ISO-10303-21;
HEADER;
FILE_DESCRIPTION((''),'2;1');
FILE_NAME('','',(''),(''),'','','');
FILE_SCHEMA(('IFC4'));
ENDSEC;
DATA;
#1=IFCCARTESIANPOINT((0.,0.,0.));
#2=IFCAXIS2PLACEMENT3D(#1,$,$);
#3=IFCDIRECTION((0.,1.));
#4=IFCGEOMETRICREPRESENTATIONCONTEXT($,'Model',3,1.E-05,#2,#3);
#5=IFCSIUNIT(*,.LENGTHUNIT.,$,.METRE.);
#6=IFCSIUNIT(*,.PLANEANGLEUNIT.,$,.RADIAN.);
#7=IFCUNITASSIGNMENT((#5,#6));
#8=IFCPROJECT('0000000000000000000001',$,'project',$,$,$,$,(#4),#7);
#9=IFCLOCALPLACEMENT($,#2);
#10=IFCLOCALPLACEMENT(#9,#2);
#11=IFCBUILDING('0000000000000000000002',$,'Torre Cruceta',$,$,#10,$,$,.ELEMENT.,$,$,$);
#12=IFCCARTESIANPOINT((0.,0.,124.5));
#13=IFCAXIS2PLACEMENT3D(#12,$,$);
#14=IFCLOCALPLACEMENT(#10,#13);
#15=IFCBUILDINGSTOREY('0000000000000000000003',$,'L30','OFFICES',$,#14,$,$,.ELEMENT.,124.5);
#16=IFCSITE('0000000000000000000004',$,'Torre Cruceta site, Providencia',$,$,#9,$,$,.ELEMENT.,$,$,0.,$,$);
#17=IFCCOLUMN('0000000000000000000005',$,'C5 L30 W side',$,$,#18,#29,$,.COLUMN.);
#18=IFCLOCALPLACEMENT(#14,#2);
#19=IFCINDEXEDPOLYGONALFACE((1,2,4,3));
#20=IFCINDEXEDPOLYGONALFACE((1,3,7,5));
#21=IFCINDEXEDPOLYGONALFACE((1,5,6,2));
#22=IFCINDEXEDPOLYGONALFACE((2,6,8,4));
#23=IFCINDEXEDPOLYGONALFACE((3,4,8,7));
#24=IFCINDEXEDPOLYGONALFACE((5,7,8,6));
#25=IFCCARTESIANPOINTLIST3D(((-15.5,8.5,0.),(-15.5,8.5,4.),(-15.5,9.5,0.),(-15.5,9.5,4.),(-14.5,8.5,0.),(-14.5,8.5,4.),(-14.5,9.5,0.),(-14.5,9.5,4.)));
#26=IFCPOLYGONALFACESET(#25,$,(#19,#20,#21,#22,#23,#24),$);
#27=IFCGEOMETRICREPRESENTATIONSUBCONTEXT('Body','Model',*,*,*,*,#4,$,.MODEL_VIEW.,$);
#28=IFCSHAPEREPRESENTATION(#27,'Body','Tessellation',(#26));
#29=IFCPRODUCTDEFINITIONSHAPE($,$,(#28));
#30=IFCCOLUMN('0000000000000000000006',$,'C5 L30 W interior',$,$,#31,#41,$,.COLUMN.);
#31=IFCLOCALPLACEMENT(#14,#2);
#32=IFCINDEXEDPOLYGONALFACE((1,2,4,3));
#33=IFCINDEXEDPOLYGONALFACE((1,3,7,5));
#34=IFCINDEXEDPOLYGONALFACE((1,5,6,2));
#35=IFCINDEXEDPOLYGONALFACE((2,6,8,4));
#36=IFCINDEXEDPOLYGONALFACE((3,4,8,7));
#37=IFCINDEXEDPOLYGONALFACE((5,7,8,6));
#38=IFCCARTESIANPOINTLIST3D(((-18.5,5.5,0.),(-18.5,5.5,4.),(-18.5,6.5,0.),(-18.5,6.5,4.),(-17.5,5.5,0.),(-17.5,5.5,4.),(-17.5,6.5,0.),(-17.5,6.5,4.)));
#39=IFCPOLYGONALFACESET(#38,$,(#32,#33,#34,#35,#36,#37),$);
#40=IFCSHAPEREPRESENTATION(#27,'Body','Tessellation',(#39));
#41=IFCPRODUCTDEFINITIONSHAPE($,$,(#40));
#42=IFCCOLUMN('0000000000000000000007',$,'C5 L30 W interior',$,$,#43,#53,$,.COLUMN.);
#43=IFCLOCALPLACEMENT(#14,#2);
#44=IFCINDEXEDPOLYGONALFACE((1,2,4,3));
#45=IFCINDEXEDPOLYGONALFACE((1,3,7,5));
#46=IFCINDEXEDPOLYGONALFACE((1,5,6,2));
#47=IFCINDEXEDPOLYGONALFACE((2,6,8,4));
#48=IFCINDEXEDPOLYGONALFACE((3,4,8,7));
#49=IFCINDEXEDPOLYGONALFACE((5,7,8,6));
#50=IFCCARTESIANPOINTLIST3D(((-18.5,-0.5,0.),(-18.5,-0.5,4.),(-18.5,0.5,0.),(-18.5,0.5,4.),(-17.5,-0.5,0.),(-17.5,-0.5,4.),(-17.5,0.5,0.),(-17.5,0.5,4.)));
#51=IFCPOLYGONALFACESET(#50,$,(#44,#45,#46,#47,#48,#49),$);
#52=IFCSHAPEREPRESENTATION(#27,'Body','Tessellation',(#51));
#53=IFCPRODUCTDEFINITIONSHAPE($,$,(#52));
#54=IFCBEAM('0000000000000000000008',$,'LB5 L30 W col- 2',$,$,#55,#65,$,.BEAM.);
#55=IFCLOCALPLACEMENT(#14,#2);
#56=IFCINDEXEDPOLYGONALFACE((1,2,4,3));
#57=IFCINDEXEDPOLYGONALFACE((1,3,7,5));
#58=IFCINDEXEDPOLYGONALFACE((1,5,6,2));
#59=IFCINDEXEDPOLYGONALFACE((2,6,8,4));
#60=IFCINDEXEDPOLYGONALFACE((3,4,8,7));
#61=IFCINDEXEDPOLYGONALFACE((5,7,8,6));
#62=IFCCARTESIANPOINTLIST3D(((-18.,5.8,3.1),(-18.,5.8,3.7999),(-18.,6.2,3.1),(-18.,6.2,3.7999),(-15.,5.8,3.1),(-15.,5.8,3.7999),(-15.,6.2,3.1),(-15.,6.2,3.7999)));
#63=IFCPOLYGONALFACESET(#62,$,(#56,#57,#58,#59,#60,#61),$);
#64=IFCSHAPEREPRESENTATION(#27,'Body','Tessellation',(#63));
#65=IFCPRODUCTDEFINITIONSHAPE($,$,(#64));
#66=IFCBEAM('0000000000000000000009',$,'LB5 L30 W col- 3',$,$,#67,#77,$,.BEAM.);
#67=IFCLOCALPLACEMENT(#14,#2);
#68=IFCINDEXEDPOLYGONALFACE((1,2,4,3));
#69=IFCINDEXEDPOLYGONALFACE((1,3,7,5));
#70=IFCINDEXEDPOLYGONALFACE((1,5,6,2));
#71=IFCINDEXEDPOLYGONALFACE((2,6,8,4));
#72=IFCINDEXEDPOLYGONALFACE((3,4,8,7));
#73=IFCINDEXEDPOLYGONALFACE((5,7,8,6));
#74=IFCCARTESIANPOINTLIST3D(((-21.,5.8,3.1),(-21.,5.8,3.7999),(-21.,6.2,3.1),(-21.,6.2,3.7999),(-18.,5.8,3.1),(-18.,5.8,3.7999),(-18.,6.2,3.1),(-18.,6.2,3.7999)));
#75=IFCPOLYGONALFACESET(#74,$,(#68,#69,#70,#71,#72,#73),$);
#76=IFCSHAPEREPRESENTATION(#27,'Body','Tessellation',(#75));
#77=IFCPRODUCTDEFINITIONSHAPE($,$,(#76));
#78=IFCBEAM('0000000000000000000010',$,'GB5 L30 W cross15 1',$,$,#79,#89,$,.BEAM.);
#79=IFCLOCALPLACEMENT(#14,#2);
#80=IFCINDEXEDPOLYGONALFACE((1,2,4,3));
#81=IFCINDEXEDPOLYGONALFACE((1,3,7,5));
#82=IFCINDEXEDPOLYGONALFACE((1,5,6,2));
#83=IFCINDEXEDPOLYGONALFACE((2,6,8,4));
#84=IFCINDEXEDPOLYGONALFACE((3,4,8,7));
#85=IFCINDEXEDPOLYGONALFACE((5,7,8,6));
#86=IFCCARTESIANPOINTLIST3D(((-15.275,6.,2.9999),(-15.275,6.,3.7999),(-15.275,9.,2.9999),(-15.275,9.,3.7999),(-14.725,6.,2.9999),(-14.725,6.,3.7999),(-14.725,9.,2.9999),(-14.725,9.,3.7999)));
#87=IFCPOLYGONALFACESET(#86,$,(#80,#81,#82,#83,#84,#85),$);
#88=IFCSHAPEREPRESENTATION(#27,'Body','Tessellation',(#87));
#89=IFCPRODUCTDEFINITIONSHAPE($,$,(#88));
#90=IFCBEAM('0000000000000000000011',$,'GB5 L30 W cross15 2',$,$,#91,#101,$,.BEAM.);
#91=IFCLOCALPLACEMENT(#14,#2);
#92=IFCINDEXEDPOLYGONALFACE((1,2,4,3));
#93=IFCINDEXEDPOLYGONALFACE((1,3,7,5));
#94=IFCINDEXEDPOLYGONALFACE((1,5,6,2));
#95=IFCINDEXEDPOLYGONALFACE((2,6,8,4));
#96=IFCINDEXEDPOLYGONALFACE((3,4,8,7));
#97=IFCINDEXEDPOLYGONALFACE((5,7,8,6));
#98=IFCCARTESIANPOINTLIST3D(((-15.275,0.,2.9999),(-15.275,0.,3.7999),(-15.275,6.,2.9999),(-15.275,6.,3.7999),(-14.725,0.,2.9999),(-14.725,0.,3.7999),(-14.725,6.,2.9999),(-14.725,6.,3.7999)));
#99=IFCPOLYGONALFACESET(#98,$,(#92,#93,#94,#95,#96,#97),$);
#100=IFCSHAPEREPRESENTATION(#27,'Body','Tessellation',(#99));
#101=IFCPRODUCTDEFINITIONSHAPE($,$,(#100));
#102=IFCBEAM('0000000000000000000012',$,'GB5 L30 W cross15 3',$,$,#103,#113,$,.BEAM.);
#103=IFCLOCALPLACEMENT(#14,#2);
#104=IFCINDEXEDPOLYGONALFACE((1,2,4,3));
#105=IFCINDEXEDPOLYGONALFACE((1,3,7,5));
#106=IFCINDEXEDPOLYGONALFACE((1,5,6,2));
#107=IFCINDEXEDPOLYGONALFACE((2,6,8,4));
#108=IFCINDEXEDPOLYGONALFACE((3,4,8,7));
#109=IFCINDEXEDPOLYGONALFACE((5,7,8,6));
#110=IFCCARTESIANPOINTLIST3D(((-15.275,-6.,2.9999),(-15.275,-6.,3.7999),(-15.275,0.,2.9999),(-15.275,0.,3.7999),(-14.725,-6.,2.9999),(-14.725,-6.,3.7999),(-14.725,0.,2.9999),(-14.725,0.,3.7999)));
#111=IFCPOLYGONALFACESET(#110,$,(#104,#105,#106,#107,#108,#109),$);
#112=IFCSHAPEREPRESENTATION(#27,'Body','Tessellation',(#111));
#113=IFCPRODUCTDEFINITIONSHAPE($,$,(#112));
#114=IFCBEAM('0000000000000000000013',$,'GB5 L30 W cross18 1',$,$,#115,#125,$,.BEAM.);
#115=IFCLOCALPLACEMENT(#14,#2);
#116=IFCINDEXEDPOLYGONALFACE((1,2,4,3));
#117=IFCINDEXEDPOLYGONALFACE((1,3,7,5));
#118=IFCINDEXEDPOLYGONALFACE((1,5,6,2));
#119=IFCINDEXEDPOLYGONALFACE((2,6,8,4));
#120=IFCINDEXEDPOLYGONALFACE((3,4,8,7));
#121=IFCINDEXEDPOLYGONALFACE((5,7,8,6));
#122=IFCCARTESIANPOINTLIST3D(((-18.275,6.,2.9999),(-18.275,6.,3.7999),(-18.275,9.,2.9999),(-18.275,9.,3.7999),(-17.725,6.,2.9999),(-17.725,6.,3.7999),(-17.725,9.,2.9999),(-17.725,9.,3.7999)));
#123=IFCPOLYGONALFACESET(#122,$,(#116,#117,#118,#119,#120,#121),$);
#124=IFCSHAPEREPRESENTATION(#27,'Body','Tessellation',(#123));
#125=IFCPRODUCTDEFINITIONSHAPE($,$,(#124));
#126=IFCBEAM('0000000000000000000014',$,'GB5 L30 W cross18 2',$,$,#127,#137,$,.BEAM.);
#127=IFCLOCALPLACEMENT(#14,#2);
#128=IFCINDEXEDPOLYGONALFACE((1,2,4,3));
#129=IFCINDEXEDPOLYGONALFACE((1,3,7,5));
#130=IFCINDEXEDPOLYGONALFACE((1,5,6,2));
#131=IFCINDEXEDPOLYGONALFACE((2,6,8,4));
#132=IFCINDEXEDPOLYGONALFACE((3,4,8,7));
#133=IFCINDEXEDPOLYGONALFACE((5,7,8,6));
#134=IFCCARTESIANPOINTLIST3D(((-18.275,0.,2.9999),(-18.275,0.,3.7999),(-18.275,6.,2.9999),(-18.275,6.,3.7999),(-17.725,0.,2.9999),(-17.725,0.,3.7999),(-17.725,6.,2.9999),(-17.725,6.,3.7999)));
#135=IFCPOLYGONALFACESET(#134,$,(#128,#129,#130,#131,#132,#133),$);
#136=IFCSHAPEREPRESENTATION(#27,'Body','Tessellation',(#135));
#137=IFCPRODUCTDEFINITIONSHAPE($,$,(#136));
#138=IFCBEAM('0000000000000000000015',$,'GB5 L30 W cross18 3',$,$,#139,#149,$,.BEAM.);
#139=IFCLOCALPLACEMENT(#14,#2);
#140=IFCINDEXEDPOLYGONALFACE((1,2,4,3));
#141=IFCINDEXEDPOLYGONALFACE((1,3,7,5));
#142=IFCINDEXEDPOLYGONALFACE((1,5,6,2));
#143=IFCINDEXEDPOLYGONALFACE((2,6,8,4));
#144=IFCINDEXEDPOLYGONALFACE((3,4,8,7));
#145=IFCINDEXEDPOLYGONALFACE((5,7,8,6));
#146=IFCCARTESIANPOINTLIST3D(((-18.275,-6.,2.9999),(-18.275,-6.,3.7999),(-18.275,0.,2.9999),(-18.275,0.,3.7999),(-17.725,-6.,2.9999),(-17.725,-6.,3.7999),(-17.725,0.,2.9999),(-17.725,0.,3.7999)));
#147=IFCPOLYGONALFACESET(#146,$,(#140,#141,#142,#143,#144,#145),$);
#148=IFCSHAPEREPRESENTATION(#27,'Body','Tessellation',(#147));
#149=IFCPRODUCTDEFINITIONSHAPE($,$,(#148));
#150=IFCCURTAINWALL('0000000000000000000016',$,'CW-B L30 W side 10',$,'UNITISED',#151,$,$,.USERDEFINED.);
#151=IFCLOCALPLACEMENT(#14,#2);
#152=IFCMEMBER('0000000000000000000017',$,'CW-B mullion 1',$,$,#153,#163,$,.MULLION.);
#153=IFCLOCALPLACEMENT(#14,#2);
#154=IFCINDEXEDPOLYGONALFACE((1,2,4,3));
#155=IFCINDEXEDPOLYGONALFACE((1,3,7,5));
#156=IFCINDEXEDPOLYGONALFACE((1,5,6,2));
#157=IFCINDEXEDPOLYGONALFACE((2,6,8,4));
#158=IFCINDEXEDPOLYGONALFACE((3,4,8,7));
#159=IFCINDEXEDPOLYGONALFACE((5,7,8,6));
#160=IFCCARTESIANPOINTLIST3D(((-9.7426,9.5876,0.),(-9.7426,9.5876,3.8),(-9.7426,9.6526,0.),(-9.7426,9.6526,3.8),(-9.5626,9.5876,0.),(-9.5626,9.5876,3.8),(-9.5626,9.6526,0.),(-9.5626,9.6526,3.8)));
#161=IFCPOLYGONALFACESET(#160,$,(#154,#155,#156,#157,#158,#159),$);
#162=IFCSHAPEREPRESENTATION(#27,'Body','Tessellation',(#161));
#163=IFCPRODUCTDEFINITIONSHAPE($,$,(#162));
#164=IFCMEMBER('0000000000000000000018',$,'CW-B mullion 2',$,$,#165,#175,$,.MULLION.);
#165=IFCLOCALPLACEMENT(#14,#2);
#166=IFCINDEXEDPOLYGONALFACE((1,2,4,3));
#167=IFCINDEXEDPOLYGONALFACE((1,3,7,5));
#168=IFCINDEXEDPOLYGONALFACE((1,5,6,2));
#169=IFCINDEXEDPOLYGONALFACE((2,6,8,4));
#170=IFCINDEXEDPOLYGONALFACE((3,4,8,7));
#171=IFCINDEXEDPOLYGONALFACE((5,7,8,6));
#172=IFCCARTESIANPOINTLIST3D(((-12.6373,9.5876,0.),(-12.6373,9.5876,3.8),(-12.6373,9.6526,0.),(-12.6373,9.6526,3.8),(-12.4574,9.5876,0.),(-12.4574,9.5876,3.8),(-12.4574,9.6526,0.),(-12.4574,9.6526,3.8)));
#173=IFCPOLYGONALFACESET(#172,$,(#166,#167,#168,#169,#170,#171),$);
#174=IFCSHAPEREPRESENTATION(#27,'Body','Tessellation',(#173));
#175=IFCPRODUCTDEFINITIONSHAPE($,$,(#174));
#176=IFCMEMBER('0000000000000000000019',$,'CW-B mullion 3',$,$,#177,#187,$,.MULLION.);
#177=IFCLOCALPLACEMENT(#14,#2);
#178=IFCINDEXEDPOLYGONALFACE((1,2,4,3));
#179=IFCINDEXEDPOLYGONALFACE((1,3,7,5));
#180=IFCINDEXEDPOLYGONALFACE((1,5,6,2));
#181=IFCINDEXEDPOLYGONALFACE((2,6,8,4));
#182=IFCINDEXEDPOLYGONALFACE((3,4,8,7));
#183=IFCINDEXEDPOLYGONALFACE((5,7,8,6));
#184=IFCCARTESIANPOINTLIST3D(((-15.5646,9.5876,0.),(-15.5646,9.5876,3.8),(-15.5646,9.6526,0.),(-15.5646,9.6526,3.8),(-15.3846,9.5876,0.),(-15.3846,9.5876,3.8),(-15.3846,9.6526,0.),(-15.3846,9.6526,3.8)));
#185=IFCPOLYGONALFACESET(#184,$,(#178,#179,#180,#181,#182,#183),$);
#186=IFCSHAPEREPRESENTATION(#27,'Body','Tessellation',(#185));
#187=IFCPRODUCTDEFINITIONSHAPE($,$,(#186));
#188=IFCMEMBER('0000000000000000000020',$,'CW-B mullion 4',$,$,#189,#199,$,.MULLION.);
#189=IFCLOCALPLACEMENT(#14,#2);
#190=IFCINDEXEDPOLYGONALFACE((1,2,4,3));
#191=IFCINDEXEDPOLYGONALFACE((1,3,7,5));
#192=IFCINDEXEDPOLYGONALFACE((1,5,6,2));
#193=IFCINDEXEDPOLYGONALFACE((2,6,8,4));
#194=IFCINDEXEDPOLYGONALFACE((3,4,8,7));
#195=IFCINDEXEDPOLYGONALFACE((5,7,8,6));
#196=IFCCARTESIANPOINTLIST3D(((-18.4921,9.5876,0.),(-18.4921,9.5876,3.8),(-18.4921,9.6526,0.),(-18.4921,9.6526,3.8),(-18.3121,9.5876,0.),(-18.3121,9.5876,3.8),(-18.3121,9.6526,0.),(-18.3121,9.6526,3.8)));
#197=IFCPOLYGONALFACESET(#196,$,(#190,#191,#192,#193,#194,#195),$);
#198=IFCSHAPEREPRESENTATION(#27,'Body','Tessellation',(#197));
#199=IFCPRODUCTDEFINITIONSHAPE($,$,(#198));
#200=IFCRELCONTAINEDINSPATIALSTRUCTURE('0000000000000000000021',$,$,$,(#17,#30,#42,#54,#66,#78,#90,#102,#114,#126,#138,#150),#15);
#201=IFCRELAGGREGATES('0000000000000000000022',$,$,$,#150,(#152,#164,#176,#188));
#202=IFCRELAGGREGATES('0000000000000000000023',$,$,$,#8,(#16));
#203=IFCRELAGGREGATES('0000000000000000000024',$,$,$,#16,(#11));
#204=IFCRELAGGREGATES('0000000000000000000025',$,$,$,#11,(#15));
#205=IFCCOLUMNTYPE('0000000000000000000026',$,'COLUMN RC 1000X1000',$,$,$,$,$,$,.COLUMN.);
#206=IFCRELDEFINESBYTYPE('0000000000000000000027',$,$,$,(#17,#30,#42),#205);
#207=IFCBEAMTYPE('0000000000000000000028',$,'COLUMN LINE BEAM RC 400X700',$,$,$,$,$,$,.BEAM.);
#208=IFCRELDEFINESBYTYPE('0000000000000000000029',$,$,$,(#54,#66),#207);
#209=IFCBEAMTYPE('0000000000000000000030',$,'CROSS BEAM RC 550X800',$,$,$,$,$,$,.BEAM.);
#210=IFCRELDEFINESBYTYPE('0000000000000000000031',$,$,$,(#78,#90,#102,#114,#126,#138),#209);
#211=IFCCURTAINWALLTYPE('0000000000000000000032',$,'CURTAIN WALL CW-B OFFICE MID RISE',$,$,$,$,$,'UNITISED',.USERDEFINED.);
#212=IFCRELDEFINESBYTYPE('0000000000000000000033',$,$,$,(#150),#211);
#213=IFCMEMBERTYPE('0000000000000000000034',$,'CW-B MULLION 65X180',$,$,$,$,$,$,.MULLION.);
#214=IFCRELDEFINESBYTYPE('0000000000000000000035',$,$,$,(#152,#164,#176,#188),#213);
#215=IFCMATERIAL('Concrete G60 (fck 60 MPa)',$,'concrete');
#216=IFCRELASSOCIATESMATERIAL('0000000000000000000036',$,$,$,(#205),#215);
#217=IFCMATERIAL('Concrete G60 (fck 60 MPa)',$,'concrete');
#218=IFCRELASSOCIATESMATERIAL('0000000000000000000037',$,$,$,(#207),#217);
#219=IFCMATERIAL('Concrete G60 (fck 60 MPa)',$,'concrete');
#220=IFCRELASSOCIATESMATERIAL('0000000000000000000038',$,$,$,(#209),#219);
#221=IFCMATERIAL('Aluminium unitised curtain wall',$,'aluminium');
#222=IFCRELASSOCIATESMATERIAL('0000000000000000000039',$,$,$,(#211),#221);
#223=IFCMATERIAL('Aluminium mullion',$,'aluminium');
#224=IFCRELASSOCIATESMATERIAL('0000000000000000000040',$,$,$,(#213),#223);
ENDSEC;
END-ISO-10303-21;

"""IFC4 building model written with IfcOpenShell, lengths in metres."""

from ifc_helpers import new_model, si_unit, direction, frame, origin, origin_2d, place, context, subcontext, project, spatial, rectangle, extrude, material, material_profile, profile_set, type_object, element, aggregate, save


model = new_model("IFC4")

# Units and contexts
model_context = context("Model", 3, precision=1e-05, world=origin(), true_north=direction((0.0, 1.0)))
body_context = subcontext(model_context, "Body", "Model", "MODEL_VIEW")
ifc_project = project(units=[si_unit("LENGTHUNIT", "METRE"), si_unit("PLANEANGLEUNIT", "RADIAN")], contexts=[model_context])

# Site, building, storey
site_placement = place(None, origin())
site = spatial("IfcSite", under=ifc_project, at=site_placement, Name="Torre Cruceta site, Providencia", CompositionType="ELEMENT", RefElevation=0.0)
building_placement = place(site_placement, origin())
building = spatial("IfcBuilding", under=site, at=building_placement, Name="Torre Cruceta", CompositionType="ELEMENT")
storey_placement = place(building_placement, frame((0.0, 0.0, 124.5)))
storey = spatial("IfcBuildingStorey", under=building, at=storey_placement, Name="L30", Description="OFFICES", CompositionType="ELEMENT", Elevation=124.5)

# Columns
ifc_material_1 = material(Name="Concrete G60 (fck 60 MPa)", Category="concrete")
ifc_material_profile_1 = material_profile(ifc_material_1, rectangle(XDim=1.0, YDim=1.0, at=origin_2d()), Name="RC 1000X1000")
ifc_profile_set_1 = profile_set([ifc_material_profile_1], Name="Concrete G60 (fck 60 MPa)")
column_type = type_object("IfcColumnType", Name="COLUMN RC 1000X1000", PredefinedType="COLUMN", material=ifc_profile_set_1)
for number, where, z_axis, x_axis, name in (
    (1, (-15.0, 9.0, 0.0), (0.0, 0.0, 1.0), (1.0, 0.0, 0.0), "C5 L30 W side"),
    (2, (-18.0, 6.0, 0.0), (0.0, 0.0, 1.0), (1.0, 0.0, 0.0), "C5 L30 W interior"),
    (3, (-18.0, 0.0, 0.0), (0.0, 0.0, 1.0), (1.0, 0.0, 0.0), "C5 L30 W interior"),
):
    element("IfcColumn", number, at=place(storey_placement, frame(where, z_axis=z_axis, x_axis=x_axis)), inside=storey, type_object=column_type, Name=name, PredefinedType="COLUMN", context=body_context, shape_type="SweptSolid", body=[
        extrude(rectangle(XDim=1.0, YDim=1.0, at=origin_2d()), origin(), (0.0, 0.0, 1.0), 4.0),
    ])

# Beams
ifc_material_2 = material(Name="Concrete G60 (fck 60 MPa)", Category="concrete")
ifc_material_profile_2 = material_profile(ifc_material_2, rectangle(XDim=0.3999, YDim=0.7, at=origin_2d()), Name="RC 400X700")
ifc_profile_set_2 = profile_set([ifc_material_profile_2], Name="Concrete G60 (fck 60 MPa)")
beam_type_1 = type_object("IfcBeamType", Name="COLUMN LINE BEAM RC 400X700", PredefinedType="BEAM", material=ifc_profile_set_2)
for number, where, z_axis, x_axis, name in (
    (4, (-15.0, 6.0, 3.45), (-1.0, 0.0, 0.0), (0.0, -1.0, 0.0), "LB5 L30 W col- 2"),
    (5, (-18.0, 6.0, 3.45), (-1.0, 0.0, 0.0), (0.0, -1.0, 0.0), "LB5 L30 W col- 3"),
):
    element("IfcBeam", number, at=place(storey_placement, frame(where, z_axis=z_axis, x_axis=x_axis)), inside=storey, type_object=beam_type_1, Name=name, PredefinedType="BEAM", context=body_context, shape_type="SweptSolid", body=[
        extrude(rectangle(XDim=0.3999, YDim=0.7, at=origin_2d()), origin(), (0.0, 0.0, 1.0), 3.0),
    ])
ifc_material_3 = material(Name="Concrete G60 (fck 60 MPa)", Category="concrete")
ifc_material_profile_3 = material_profile(ifc_material_3, rectangle(XDim=0.55, YDim=0.8, at=origin_2d()), Name="RC 550X800")
ifc_profile_set_3 = profile_set([ifc_material_profile_3], Name="Concrete G60 (fck 60 MPa)")
beam_type_2 = type_object("IfcBeamType", Name="CROSS BEAM RC 550X800", PredefinedType="BEAM", material=ifc_profile_set_3)
beam_1_placement = place(storey_placement, frame((-15.0, 9.0, 3.3999), z_axis=(0.0, -1.0, 0.0), x_axis=(1.0, 0.0, 0.0)))
element("IfcBeam", 6, at=beam_1_placement, inside=storey, type_object=beam_type_2, Name="GB5 L30 W cross15 1", PredefinedType="BEAM", context=body_context, shape_type="SweptSolid", body=[
    extrude(rectangle(XDim=0.55, YDim=0.8, at=origin_2d()), origin(), (0.0, 0.0, 1.0), 3.0),
])
for number, where, z_axis, x_axis, name in (
    (7, (-15.0, 6.0, 3.3999), (0.0, -1.0, 0.0), (1.0, 0.0, 0.0), "GB5 L30 W cross15 2"),
    (8, (-15.0, 0.0, 3.3999), (0.0, -1.0, 0.0), (1.0, 0.0, 0.0), "GB5 L30 W cross15 3"),
):
    element("IfcBeam", number, at=place(storey_placement, frame(where, z_axis=z_axis, x_axis=x_axis)), inside=storey, type_object=beam_type_2, Name=name, PredefinedType="BEAM", context=body_context, shape_type="SweptSolid", body=[
        extrude(rectangle(XDim=0.55, YDim=0.8, at=origin_2d()), origin(), (0.0, 0.0, 1.0), 6.0),
    ])
beam_2_placement = place(storey_placement, frame((-18.0, 9.0, 3.3999), z_axis=(0.0, -1.0, 0.0), x_axis=(1.0, 0.0, 0.0)))
element("IfcBeam", 9, at=beam_2_placement, inside=storey, type_object=beam_type_2, Name="GB5 L30 W cross18 1", PredefinedType="BEAM", context=body_context, shape_type="SweptSolid", body=[
    extrude(rectangle(XDim=0.55, YDim=0.8, at=origin_2d()), origin(), (0.0, 0.0, 1.0), 3.0),
])
for number, where, z_axis, x_axis, name in (
    (10, (-18.0, 6.0, 3.3999), (0.0, -1.0, 0.0), (1.0, 0.0, 0.0), "GB5 L30 W cross18 2"),
    (11, (-18.0, 0.0, 3.3999), (0.0, -1.0, 0.0), (1.0, 0.0, 0.0), "GB5 L30 W cross18 3"),
):
    element("IfcBeam", number, at=place(storey_placement, frame(where, z_axis=z_axis, x_axis=x_axis)), inside=storey, type_object=beam_type_2, Name=name, PredefinedType="BEAM", context=body_context, shape_type="SweptSolid", body=[
        extrude(rectangle(XDim=0.55, YDim=0.8, at=origin_2d()), origin(), (0.0, 0.0, 1.0), 6.0),
    ])

# Curtain wall, members
ifc_material_4 = material(Name="Aluminium unitised curtain wall", Category="aluminium")
curtain_wall_type = type_object("IfcCurtainWallType", Name="CURTAIN WALL CW-B OFFICE MID RISE", ElementType="UNITISED", PredefinedType="USERDEFINED", material=ifc_material_4)
curtain_wall_placement = place(storey_placement, origin())
curtain_wall = element("IfcCurtainWall", 12, at=curtain_wall_placement, inside=storey, type_object=curtain_wall_type, Name="CW-B L30 W side 10", ObjectType="UNITISED", PredefinedType="USERDEFINED")
ifc_material_5 = material(Name="Aluminium mullion", Category="aluminium")
ifc_material_profile_4 = material_profile(ifc_material_5, rectangle(XDim=0.0649, YDim=0.1799, at=origin_2d()), Name="AL 65X180")
ifc_profile_set_4 = profile_set([ifc_material_profile_4], Name="Aluminium mullion")
member_type_1 = type_object("IfcMemberType", Name="CW-B MULLION 65X180", PredefinedType="MULLION", material=ifc_profile_set_4)
member_1_placement = place(storey_placement, frame((-9.6526, 9.6201, 0.0), z_axis=(0.0, 0.0, 1.0), x_axis=(0.0, -1.0, 0.0)))
member_1 = element("IfcMember", 13, at=member_1_placement, type_object=member_type_1, Name="CW-B mullion 1", PredefinedType="MULLION", context=body_context, shape_type="SweptSolid", body=[
    extrude(rectangle(XDim=0.0649, YDim=0.1799, at=origin_2d()), origin(), (0.0, 0.0, 1.0), 3.8),
])
member_2_placement = place(storey_placement, frame((-12.5474, 9.6201, 0.0), z_axis=(0.0, 0.0, 1.0), x_axis=(0.0, -1.0, 0.0)))
member_2 = element("IfcMember", 14, at=member_2_placement, type_object=member_type_1, Name="CW-B mullion 2", PredefinedType="MULLION", context=body_context, shape_type="SweptSolid", body=[
    extrude(rectangle(XDim=0.0649, YDim=0.1799, at=origin_2d()), origin(), (0.0, 0.0, 1.0), 3.8),
])
member_3_placement = place(storey_placement, frame((-15.4746, 9.6201, 0.0), z_axis=(0.0, 0.0, 1.0), x_axis=(0.0, -1.0, 0.0)))
member_3 = element("IfcMember", 15, at=member_3_placement, type_object=member_type_1, Name="CW-B mullion 3", PredefinedType="MULLION", context=body_context, shape_type="SweptSolid", body=[
    extrude(rectangle(XDim=0.0649, YDim=0.1799, at=origin_2d()), origin(), (0.0, 0.0, 1.0), 3.8),
])
member_4_placement = place(storey_placement, frame((-18.4021, 9.6201, 0.0), z_axis=(0.0, 0.0, 1.0), x_axis=(0.0, -1.0, 0.0)))
member_4 = element("IfcMember", 16, at=member_4_placement, type_object=member_type_1, Name="CW-B mullion 4", PredefinedType="MULLION", context=body_context, shape_type="SweptSolid", body=[
    extrude(rectangle(XDim=0.0649, YDim=0.1799, at=origin_2d()), origin(), (0.0, 0.0, 1.0), 3.8),
])

aggregate(curtain_wall, [member_1, member_2, member_3, member_4])

save(model, "model.ifc")
